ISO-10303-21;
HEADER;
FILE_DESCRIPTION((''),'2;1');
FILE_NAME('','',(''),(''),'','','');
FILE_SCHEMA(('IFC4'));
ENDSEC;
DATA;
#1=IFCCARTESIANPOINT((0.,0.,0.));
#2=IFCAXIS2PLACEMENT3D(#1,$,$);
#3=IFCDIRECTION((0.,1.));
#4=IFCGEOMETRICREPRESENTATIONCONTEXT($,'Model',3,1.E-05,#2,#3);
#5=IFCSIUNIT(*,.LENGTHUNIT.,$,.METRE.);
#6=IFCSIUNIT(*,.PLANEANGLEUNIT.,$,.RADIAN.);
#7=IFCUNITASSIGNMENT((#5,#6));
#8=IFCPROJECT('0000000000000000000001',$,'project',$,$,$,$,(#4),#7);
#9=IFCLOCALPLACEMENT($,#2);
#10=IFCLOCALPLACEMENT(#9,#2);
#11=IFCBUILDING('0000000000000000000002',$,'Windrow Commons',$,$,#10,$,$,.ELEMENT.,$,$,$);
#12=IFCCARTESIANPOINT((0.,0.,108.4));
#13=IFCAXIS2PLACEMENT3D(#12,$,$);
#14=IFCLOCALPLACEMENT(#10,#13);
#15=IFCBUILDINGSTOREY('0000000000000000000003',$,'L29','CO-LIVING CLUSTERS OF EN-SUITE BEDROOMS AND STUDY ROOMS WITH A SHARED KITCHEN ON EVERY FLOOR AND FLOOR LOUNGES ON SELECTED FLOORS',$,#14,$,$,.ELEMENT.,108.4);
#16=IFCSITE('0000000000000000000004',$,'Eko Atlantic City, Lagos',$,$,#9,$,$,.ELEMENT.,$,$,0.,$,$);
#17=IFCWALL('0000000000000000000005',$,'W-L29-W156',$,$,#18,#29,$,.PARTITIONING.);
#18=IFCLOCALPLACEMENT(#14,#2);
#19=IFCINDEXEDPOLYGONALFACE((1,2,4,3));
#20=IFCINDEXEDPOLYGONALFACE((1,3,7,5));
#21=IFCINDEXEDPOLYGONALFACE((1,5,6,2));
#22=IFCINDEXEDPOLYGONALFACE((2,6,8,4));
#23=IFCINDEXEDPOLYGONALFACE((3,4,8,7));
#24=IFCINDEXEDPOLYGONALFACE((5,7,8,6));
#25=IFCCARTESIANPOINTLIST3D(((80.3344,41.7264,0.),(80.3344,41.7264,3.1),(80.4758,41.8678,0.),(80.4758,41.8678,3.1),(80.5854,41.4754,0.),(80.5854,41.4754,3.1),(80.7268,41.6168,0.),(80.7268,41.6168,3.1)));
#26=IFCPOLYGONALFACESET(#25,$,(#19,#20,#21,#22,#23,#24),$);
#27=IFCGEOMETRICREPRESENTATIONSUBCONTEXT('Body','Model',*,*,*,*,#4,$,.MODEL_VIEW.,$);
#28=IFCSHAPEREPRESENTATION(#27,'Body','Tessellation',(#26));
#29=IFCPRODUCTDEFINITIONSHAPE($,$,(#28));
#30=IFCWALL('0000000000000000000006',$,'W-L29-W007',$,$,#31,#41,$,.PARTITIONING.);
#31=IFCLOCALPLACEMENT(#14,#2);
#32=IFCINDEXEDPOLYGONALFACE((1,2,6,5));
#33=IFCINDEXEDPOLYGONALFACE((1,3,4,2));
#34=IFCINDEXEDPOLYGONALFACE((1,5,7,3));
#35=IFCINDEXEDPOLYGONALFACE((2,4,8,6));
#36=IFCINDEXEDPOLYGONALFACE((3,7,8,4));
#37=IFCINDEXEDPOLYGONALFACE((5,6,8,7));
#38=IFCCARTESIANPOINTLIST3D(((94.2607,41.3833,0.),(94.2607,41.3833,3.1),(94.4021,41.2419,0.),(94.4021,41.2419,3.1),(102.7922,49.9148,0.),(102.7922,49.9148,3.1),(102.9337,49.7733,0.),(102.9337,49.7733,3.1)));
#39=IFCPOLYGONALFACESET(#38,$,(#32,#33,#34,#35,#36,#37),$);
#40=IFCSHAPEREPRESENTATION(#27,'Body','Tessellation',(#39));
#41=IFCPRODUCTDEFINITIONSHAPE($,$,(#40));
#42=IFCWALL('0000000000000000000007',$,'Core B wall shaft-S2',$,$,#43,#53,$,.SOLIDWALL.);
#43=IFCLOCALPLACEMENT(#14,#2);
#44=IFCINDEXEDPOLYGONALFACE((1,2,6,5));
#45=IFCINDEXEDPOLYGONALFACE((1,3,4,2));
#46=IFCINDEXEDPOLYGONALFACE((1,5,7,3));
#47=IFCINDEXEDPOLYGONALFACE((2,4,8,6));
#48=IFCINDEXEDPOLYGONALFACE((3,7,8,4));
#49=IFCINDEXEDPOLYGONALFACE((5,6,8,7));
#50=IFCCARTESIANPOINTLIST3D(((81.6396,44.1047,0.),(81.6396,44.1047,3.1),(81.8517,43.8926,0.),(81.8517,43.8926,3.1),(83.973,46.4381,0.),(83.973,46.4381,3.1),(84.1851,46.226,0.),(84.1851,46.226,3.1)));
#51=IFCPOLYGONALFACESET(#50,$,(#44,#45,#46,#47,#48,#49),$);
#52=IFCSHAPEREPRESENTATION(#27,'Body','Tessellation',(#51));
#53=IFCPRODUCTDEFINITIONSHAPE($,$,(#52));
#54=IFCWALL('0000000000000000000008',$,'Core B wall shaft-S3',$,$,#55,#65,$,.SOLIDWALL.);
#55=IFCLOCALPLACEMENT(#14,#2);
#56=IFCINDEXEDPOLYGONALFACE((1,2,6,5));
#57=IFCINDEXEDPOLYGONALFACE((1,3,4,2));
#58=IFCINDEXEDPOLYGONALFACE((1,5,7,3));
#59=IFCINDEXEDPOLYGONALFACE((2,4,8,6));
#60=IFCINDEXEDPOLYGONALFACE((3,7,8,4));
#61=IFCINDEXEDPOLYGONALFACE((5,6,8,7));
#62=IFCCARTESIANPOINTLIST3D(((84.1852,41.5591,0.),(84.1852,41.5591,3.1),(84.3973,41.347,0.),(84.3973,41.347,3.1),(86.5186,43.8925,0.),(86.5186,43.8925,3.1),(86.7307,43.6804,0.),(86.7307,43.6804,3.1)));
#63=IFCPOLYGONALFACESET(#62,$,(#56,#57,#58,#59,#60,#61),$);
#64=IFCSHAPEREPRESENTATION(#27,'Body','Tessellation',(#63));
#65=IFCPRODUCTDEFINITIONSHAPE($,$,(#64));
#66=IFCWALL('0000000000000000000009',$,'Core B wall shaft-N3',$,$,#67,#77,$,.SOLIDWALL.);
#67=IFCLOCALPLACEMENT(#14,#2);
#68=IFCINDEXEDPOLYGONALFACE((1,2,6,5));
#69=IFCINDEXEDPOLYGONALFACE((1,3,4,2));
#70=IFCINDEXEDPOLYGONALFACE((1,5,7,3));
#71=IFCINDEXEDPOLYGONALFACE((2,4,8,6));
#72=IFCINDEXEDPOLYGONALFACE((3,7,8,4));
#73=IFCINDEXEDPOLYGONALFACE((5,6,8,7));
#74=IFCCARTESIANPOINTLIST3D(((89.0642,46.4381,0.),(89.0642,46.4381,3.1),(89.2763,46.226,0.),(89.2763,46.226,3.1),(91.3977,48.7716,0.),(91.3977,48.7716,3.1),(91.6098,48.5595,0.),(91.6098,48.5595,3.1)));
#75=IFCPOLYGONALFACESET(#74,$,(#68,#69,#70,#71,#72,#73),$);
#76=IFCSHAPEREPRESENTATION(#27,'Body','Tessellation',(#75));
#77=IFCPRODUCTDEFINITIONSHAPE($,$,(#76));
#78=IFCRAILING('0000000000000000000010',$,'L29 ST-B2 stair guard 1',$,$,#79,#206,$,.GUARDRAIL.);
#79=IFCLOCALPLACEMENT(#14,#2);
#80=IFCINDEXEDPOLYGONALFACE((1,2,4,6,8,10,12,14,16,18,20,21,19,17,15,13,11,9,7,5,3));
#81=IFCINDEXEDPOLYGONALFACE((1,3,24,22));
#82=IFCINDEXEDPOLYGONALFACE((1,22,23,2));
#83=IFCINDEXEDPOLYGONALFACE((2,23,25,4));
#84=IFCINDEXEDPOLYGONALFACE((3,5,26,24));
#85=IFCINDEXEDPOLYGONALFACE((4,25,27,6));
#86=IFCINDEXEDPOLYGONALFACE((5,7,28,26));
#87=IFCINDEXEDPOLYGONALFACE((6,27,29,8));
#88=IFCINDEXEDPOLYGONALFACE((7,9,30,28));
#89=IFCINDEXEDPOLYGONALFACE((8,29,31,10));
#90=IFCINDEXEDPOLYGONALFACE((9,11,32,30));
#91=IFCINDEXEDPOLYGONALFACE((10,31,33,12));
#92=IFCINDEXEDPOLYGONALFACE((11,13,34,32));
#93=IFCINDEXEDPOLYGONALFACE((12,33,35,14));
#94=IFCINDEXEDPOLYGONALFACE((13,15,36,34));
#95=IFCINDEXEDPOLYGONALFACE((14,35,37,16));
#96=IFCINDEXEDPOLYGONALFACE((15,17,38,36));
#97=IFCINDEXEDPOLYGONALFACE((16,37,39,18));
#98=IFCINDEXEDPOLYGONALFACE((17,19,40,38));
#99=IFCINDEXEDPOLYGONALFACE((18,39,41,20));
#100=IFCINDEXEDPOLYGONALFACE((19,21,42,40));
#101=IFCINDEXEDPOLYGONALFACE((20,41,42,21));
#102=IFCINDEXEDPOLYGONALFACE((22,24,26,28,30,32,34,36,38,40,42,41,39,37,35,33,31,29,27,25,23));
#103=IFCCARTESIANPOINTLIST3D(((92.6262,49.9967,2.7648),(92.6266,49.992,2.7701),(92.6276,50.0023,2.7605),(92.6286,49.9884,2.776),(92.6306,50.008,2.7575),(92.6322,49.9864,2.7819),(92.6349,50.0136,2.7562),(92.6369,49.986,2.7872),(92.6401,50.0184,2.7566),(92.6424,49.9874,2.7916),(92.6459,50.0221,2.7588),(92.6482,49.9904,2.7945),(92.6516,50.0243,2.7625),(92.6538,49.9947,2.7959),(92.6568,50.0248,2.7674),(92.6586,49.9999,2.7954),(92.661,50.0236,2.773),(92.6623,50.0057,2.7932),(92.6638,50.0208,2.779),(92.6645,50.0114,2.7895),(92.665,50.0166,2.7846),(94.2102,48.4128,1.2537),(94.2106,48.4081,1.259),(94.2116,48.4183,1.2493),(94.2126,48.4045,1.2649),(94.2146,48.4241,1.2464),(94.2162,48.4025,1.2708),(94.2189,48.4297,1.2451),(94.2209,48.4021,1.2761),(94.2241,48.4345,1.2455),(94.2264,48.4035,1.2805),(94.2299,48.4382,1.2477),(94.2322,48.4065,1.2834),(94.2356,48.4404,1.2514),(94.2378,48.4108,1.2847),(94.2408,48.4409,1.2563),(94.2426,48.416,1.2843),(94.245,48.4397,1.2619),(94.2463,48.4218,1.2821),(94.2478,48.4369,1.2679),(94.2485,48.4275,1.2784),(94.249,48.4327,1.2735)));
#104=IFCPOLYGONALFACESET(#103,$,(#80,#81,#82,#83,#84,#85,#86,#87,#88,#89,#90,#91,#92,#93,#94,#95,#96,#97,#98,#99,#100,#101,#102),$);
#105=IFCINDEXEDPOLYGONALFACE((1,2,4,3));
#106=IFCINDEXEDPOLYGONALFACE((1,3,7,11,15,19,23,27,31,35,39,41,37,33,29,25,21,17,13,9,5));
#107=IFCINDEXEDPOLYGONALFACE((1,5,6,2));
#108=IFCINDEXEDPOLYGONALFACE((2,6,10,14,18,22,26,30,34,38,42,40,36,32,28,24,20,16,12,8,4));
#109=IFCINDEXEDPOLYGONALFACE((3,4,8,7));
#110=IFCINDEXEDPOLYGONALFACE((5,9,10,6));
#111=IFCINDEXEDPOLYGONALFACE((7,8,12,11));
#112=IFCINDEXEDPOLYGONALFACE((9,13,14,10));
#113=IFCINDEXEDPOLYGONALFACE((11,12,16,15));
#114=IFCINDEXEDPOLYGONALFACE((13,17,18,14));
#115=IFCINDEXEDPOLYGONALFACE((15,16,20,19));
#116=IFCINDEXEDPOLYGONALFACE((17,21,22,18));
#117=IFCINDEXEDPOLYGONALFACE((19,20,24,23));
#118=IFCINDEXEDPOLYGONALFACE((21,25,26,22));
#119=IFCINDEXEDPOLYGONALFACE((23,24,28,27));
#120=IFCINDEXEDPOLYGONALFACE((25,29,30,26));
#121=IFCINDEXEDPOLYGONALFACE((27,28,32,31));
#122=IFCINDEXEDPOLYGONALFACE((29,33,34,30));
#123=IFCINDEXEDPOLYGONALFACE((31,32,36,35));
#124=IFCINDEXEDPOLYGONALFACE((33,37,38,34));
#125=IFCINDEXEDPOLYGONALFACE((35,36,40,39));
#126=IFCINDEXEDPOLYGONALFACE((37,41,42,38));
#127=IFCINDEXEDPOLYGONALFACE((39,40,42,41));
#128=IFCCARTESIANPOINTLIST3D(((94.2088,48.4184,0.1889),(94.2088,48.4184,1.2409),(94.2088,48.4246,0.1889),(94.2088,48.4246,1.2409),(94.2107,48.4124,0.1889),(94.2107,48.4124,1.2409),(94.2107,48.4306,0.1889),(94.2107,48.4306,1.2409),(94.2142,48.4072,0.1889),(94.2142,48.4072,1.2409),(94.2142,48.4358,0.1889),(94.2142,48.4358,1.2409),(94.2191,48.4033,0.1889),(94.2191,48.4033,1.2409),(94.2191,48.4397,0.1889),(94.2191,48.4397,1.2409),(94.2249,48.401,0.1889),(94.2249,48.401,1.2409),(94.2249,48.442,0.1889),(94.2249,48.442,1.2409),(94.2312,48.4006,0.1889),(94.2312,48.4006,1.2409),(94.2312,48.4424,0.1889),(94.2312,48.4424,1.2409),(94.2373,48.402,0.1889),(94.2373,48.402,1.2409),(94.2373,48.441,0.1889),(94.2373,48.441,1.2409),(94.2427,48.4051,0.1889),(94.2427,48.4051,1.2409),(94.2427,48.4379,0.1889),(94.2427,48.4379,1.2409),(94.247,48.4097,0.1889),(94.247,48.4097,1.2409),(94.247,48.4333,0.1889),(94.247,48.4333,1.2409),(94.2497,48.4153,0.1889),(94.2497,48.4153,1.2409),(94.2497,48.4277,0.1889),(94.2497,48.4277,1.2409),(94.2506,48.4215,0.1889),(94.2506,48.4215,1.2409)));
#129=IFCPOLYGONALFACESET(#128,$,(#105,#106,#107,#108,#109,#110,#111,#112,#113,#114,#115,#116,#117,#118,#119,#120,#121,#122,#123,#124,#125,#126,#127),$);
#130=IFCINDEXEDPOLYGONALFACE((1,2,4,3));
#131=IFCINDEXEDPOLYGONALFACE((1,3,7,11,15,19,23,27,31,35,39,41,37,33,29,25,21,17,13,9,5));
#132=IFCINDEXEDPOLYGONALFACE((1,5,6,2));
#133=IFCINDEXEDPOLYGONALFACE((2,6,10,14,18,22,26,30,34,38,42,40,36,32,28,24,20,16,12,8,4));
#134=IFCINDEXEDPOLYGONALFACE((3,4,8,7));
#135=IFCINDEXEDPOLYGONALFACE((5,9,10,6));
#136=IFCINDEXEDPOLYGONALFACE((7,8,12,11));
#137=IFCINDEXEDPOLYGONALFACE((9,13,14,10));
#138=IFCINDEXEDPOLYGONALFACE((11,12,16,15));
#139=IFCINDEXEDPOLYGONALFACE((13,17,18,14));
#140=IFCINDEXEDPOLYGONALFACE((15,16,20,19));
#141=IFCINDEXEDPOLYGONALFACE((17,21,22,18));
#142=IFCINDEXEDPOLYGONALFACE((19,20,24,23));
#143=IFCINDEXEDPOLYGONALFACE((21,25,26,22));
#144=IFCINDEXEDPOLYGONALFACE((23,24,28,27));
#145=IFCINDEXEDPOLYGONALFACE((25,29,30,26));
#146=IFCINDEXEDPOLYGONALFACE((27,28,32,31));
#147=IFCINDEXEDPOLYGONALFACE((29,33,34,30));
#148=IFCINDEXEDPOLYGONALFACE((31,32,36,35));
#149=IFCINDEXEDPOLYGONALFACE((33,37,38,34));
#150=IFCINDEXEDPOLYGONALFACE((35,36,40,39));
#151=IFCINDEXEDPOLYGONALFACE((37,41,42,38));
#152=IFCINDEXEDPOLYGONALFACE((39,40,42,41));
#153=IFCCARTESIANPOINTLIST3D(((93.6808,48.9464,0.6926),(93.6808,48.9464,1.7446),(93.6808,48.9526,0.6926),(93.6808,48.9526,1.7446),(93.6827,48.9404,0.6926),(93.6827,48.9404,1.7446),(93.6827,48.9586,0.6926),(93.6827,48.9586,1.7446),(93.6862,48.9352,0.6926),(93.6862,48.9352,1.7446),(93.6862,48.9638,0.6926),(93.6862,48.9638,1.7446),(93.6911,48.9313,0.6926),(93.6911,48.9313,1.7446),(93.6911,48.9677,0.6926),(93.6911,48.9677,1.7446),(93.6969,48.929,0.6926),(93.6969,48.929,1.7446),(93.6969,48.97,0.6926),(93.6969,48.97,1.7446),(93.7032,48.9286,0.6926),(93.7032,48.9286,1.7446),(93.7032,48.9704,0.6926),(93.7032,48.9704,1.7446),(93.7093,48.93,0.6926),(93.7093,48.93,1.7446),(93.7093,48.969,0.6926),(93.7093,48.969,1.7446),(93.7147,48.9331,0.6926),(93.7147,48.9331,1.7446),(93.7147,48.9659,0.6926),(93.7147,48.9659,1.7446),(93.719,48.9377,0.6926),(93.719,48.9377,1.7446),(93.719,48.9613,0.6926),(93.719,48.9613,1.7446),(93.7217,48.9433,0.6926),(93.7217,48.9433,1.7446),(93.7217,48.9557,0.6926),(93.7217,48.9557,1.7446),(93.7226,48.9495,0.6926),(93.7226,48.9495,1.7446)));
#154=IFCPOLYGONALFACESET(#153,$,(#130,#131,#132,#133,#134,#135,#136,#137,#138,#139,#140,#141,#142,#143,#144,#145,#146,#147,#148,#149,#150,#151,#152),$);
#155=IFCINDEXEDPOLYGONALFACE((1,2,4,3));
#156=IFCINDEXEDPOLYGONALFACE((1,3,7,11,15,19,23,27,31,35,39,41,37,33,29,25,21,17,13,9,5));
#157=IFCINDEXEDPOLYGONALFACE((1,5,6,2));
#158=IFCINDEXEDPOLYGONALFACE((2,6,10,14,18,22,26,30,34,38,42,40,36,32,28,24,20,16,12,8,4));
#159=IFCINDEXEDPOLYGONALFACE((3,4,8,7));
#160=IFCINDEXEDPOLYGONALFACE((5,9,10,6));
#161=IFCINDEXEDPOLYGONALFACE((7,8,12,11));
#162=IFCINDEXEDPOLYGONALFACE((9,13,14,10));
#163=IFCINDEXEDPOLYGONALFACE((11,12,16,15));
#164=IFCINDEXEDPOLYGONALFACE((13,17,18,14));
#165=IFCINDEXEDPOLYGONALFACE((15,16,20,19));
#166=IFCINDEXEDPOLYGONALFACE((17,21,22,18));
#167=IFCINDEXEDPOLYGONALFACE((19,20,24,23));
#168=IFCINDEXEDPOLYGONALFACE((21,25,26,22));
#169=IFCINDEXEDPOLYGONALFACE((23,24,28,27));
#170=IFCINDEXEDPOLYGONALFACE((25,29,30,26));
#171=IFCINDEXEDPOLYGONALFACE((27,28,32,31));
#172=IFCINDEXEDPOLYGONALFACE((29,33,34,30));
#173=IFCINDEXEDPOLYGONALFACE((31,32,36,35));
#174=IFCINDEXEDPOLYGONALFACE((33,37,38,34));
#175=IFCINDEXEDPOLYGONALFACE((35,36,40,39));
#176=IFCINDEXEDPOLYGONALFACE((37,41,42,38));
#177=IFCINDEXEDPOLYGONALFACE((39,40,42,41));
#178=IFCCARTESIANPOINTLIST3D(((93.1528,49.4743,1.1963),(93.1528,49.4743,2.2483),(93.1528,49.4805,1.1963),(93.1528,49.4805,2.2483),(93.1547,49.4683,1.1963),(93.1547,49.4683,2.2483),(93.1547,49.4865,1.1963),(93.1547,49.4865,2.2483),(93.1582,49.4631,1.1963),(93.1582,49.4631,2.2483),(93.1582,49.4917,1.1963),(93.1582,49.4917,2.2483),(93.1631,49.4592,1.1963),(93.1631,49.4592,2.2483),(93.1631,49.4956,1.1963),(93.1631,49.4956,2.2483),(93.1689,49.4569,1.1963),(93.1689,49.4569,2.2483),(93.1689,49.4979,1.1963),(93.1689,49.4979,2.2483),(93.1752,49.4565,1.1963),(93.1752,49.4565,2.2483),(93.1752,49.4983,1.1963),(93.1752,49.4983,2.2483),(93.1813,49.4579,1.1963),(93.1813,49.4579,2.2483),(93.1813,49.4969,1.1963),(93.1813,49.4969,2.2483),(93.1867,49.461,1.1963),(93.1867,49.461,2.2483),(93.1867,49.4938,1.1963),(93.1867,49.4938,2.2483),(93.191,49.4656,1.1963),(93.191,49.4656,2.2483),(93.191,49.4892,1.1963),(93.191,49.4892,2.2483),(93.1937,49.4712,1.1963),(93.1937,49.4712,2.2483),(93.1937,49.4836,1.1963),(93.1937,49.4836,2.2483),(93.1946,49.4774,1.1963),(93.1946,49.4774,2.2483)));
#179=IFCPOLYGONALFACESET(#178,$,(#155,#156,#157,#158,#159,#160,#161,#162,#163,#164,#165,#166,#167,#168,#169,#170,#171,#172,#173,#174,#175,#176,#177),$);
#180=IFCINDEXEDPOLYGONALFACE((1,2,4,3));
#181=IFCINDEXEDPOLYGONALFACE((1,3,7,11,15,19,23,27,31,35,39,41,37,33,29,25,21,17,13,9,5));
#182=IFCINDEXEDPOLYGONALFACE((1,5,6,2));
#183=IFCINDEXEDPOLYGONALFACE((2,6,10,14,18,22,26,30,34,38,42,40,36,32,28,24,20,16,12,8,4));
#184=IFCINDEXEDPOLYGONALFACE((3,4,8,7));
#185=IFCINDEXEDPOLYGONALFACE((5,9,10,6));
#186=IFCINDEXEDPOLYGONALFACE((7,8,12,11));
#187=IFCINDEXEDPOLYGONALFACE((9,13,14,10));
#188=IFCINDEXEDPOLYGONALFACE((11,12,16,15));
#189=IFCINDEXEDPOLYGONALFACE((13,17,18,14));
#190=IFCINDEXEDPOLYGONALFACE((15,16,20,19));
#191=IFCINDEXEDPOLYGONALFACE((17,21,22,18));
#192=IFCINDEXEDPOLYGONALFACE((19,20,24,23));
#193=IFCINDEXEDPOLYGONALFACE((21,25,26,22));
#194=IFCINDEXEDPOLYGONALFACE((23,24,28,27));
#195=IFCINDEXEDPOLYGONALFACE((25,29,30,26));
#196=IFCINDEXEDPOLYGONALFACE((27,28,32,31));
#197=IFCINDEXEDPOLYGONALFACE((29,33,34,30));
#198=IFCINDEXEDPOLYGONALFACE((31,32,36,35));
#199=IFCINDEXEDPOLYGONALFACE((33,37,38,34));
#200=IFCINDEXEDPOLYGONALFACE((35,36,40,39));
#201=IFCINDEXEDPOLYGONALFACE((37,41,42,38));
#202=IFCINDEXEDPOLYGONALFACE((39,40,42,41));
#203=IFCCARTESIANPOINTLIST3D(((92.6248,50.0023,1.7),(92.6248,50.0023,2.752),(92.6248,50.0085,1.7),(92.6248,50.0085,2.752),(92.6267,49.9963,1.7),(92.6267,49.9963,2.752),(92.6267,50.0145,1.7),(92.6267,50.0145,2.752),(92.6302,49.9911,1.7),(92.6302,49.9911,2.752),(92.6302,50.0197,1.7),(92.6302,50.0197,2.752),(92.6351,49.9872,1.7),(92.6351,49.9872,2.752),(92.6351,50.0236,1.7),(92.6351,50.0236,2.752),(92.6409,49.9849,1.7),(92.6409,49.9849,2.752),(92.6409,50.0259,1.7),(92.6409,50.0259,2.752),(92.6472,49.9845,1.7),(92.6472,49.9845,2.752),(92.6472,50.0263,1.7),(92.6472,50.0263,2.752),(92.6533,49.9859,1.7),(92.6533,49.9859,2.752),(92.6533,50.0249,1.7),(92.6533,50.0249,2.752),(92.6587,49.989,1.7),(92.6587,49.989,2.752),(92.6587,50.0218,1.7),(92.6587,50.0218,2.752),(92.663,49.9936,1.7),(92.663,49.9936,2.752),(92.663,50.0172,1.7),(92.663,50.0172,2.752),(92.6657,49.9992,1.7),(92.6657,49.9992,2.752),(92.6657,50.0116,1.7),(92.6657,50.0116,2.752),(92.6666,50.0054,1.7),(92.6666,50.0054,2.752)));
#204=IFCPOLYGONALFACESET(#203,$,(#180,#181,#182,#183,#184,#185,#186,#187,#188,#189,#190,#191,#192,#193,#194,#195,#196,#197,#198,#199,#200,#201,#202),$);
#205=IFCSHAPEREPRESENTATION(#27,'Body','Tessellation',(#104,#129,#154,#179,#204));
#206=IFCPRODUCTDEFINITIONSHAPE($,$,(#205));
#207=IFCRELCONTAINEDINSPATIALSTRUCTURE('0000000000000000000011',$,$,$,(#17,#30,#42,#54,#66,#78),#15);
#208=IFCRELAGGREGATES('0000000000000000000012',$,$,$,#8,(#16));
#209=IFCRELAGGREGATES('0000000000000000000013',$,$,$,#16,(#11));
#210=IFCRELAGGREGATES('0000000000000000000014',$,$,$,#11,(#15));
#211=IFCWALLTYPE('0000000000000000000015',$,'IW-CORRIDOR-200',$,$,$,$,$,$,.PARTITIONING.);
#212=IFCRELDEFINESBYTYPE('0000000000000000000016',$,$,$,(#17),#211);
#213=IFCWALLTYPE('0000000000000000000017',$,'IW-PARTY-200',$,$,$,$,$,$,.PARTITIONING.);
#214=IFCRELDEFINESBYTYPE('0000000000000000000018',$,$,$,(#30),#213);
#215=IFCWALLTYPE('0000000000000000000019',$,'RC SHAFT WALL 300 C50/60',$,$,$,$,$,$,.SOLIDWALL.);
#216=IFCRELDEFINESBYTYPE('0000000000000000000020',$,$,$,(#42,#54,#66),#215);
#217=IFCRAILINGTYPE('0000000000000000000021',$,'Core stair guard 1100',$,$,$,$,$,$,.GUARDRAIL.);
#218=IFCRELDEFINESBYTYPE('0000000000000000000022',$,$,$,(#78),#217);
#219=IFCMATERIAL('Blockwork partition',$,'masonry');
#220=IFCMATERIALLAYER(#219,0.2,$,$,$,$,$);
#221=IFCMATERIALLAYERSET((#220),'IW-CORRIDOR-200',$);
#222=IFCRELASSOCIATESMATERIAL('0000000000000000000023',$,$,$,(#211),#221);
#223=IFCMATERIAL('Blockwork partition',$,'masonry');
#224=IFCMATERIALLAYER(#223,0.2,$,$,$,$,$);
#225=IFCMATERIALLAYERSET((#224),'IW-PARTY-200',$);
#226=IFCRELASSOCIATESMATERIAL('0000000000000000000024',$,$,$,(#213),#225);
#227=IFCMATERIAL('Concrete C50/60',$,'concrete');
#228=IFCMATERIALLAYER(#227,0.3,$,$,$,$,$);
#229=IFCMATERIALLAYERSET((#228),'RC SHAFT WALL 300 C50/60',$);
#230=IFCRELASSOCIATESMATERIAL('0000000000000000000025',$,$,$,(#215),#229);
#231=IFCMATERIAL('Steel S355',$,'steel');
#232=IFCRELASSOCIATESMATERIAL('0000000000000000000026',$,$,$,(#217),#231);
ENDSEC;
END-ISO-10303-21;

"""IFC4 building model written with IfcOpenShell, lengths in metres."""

from ifc_helpers import new_model, si_unit, direction, frame, frame_2d, origin, origin_2d, place, context, subcontext, project, spatial, rectangle, circle, extrude, material, layer, layer_set, type_object, element, save


model = new_model("IFC4")

# Units and contexts
model_context = context("Model", 3, precision=1e-05, world=origin(), true_north=direction((0.0, 1.0)))
body_context = subcontext(model_context, "Body", "Model", "MODEL_VIEW")
ifc_project = project(units=[si_unit("LENGTHUNIT", "METRE"), si_unit("PLANEANGLEUNIT", "RADIAN")], contexts=[model_context])

# Site, building, storey
site_placement = place(None, origin())
site = spatial("IfcSite", under=ifc_project, at=site_placement, Name="Eko Atlantic City, Lagos", CompositionType="ELEMENT", RefElevation=0.0)
building_placement = place(site_placement, origin())
building = spatial("IfcBuilding", under=site, at=building_placement, Name="Windrow Commons", CompositionType="ELEMENT")
storey_placement = place(building_placement, frame((0.0, 0.0, 108.4)))
storey = spatial("IfcBuildingStorey", under=building, at=storey_placement, Name="L29", Description="CO-LIVING CLUSTERS OF EN-SUITE BEDROOMS AND STUDY ROOMS WITH A SHARED KITCHEN ON EVERY FLOOR AND FLOOR LOUNGES ON SELECTED FLOORS", CompositionType="ELEMENT", Elevation=108.4)

# Shared definitions
ifc_material_1 = material(Name="Blockwork partition", Category="masonry")
ifc_layer_1 = layer(ifc_material_1, 0.2)
ifc_layer_set_1 = layer_set([ifc_layer_1], Name="IW-CORRIDOR-200")
wall_type_1 = type_object("IfcWallType", Name="IW-CORRIDOR-200", PredefinedType="PARTITIONING", material=ifc_layer_set_1)

# Walls
wall_1_placement = place(storey_placement, frame((80.4051, 41.7971, 0.0), z_axis=(0.0, 0.0, 1.0), x_axis=(0.707107, -0.707107, 0.0)))
element("IfcWall", 1, at=wall_1_placement, inside=storey, type_object=wall_type_1, Name="W-L29-W156", PredefinedType="PARTITIONING", context=body_context, shape_type="SweptSolid", body=[
    extrude(rectangle(XDim=0.355, YDim=0.2, at=frame_2d((0.1775, 0.0))), origin(), (0.0, 0.0, 1.0), 3.1),
])
ifc_material_2 = material(Name="Blockwork partition", Category="masonry")
ifc_layer_2 = layer(ifc_material_2, 0.2)
ifc_layer_set_2 = layer_set([ifc_layer_2], Name="IW-PARTY-200")
wall_type_2 = type_object("IfcWallType", Name="IW-PARTY-200", PredefinedType="PARTITIONING", material=ifc_layer_set_2)
wall_2_placement = place(storey_placement, frame((94.3314, 41.3126, 0.0), z_axis=(0.0, 0.0, 1.0), x_axis=(0.707111, 0.707103, 0.0)))
element("IfcWall", 2, at=wall_2_placement, inside=storey, type_object=wall_type_2, Name="W-L29-W007", PredefinedType="PARTITIONING", context=body_context, shape_type="SweptSolid", body=[
    extrude(rectangle(XDim=12.0653, YDim=0.2, at=frame_2d((6.0327, 0.0))), origin(), (0.0, 0.0, 1.0), 3.1),
])
ifc_material_3 = material(Name="Concrete C50/60", Category="concrete")
ifc_layer_3 = layer(ifc_material_3, 0.3)
ifc_layer_set_3 = layer_set([ifc_layer_3], Name="RC SHAFT WALL 300 C50/60")
wall_type_3 = type_object("IfcWallType", Name="RC SHAFT WALL 300 C50/60", PredefinedType="SOLIDWALL", material=ifc_layer_set_3)
for number, where, z_axis, x_axis, name in (
    (3, (81.7456, 43.9986, 0.0), (0.0, 0.0, 1.0), (0.707107, 0.707107, 0.0), "Core B wall shaft-S2"),
    (4, (84.2912, 41.453, 0.0), (0.0, 0.0, 1.0), (0.707107, 0.707107, 0.0), "Core B wall shaft-S3"),
):
    element("IfcWall", number, at=place(storey_placement, frame(where, z_axis=z_axis, x_axis=x_axis)), inside=storey, type_object=wall_type_3, Name=name, PredefinedType="SOLIDWALL", context=body_context, shape_type="SweptSolid", body=[
        extrude(rectangle(XDim=3.2999, YDim=0.3, at=frame_2d((1.65, 0.0))), origin(), (0.0, 0.0, 1.0), 3.1),
    ])
wall_3_placement = place(storey_placement, frame((89.1702, 46.332, 0.0), z_axis=(0.0, 0.0, 1.0), x_axis=(0.707107, 0.707107, 0.0)))
element("IfcWall", 5, at=wall_3_placement, inside=storey, type_object=wall_type_3, Name="Core B wall shaft-N3", PredefinedType="SOLIDWALL", context=body_context, shape_type="SweptSolid", body=[
    extrude(rectangle(XDim=3.3001, YDim=0.3, at=frame_2d((1.6501, 0.0))), origin(), (0.0, 0.0, 1.0), 3.1),
])

# Railing
ifc_material_4 = material(Name="Steel S355", Category="steel")
railing_type = type_object("IfcRailingType", Name="Core stair guard 1100", PredefinedType="GUARDRAIL", material=ifc_material_4)
railing_placement = place(storey_placement, frame((94.2296, 48.4215, 0.1889)))
element("IfcRailing", 6, at=railing_placement, inside=storey, type_object=railing_type, Name="L29 ST-B2 stair guard 1", PredefinedType="GUARDRAIL", context=body_context, shape_type="SweptSolid", body=[
    extrude(circle(Radius=0.024, at=origin_2d()), frame((0.0, 0.0, 1.076), z_axis=(-0.586216, 0.586179, 0.559237), x_axis=(-0.707084, -0.707129, 0.0)), (0.0, 0.0, 1.0), 2.7021),
    extrude(circle(Radius=0.021, at=origin_2d()), origin(), (0.0, 0.0, 1.0), 1.052),
    extrude(circle(Radius=0.021, at=origin_2d()), frame((-0.528, 0.528, 0.5037)), (0.0, 0.0, 1.0), 1.052),
    extrude(circle(Radius=0.021, at=origin_2d()), frame((-1.056, 1.0559, 1.0074)), (0.0, 0.0, 1.0), 1.052),
    extrude(circle(Radius=0.021, at=origin_2d()), frame((-1.584, 1.5839, 1.5111)), (0.0, 0.0, 1.0), 1.052),
])

save(model, "model.ifc")
